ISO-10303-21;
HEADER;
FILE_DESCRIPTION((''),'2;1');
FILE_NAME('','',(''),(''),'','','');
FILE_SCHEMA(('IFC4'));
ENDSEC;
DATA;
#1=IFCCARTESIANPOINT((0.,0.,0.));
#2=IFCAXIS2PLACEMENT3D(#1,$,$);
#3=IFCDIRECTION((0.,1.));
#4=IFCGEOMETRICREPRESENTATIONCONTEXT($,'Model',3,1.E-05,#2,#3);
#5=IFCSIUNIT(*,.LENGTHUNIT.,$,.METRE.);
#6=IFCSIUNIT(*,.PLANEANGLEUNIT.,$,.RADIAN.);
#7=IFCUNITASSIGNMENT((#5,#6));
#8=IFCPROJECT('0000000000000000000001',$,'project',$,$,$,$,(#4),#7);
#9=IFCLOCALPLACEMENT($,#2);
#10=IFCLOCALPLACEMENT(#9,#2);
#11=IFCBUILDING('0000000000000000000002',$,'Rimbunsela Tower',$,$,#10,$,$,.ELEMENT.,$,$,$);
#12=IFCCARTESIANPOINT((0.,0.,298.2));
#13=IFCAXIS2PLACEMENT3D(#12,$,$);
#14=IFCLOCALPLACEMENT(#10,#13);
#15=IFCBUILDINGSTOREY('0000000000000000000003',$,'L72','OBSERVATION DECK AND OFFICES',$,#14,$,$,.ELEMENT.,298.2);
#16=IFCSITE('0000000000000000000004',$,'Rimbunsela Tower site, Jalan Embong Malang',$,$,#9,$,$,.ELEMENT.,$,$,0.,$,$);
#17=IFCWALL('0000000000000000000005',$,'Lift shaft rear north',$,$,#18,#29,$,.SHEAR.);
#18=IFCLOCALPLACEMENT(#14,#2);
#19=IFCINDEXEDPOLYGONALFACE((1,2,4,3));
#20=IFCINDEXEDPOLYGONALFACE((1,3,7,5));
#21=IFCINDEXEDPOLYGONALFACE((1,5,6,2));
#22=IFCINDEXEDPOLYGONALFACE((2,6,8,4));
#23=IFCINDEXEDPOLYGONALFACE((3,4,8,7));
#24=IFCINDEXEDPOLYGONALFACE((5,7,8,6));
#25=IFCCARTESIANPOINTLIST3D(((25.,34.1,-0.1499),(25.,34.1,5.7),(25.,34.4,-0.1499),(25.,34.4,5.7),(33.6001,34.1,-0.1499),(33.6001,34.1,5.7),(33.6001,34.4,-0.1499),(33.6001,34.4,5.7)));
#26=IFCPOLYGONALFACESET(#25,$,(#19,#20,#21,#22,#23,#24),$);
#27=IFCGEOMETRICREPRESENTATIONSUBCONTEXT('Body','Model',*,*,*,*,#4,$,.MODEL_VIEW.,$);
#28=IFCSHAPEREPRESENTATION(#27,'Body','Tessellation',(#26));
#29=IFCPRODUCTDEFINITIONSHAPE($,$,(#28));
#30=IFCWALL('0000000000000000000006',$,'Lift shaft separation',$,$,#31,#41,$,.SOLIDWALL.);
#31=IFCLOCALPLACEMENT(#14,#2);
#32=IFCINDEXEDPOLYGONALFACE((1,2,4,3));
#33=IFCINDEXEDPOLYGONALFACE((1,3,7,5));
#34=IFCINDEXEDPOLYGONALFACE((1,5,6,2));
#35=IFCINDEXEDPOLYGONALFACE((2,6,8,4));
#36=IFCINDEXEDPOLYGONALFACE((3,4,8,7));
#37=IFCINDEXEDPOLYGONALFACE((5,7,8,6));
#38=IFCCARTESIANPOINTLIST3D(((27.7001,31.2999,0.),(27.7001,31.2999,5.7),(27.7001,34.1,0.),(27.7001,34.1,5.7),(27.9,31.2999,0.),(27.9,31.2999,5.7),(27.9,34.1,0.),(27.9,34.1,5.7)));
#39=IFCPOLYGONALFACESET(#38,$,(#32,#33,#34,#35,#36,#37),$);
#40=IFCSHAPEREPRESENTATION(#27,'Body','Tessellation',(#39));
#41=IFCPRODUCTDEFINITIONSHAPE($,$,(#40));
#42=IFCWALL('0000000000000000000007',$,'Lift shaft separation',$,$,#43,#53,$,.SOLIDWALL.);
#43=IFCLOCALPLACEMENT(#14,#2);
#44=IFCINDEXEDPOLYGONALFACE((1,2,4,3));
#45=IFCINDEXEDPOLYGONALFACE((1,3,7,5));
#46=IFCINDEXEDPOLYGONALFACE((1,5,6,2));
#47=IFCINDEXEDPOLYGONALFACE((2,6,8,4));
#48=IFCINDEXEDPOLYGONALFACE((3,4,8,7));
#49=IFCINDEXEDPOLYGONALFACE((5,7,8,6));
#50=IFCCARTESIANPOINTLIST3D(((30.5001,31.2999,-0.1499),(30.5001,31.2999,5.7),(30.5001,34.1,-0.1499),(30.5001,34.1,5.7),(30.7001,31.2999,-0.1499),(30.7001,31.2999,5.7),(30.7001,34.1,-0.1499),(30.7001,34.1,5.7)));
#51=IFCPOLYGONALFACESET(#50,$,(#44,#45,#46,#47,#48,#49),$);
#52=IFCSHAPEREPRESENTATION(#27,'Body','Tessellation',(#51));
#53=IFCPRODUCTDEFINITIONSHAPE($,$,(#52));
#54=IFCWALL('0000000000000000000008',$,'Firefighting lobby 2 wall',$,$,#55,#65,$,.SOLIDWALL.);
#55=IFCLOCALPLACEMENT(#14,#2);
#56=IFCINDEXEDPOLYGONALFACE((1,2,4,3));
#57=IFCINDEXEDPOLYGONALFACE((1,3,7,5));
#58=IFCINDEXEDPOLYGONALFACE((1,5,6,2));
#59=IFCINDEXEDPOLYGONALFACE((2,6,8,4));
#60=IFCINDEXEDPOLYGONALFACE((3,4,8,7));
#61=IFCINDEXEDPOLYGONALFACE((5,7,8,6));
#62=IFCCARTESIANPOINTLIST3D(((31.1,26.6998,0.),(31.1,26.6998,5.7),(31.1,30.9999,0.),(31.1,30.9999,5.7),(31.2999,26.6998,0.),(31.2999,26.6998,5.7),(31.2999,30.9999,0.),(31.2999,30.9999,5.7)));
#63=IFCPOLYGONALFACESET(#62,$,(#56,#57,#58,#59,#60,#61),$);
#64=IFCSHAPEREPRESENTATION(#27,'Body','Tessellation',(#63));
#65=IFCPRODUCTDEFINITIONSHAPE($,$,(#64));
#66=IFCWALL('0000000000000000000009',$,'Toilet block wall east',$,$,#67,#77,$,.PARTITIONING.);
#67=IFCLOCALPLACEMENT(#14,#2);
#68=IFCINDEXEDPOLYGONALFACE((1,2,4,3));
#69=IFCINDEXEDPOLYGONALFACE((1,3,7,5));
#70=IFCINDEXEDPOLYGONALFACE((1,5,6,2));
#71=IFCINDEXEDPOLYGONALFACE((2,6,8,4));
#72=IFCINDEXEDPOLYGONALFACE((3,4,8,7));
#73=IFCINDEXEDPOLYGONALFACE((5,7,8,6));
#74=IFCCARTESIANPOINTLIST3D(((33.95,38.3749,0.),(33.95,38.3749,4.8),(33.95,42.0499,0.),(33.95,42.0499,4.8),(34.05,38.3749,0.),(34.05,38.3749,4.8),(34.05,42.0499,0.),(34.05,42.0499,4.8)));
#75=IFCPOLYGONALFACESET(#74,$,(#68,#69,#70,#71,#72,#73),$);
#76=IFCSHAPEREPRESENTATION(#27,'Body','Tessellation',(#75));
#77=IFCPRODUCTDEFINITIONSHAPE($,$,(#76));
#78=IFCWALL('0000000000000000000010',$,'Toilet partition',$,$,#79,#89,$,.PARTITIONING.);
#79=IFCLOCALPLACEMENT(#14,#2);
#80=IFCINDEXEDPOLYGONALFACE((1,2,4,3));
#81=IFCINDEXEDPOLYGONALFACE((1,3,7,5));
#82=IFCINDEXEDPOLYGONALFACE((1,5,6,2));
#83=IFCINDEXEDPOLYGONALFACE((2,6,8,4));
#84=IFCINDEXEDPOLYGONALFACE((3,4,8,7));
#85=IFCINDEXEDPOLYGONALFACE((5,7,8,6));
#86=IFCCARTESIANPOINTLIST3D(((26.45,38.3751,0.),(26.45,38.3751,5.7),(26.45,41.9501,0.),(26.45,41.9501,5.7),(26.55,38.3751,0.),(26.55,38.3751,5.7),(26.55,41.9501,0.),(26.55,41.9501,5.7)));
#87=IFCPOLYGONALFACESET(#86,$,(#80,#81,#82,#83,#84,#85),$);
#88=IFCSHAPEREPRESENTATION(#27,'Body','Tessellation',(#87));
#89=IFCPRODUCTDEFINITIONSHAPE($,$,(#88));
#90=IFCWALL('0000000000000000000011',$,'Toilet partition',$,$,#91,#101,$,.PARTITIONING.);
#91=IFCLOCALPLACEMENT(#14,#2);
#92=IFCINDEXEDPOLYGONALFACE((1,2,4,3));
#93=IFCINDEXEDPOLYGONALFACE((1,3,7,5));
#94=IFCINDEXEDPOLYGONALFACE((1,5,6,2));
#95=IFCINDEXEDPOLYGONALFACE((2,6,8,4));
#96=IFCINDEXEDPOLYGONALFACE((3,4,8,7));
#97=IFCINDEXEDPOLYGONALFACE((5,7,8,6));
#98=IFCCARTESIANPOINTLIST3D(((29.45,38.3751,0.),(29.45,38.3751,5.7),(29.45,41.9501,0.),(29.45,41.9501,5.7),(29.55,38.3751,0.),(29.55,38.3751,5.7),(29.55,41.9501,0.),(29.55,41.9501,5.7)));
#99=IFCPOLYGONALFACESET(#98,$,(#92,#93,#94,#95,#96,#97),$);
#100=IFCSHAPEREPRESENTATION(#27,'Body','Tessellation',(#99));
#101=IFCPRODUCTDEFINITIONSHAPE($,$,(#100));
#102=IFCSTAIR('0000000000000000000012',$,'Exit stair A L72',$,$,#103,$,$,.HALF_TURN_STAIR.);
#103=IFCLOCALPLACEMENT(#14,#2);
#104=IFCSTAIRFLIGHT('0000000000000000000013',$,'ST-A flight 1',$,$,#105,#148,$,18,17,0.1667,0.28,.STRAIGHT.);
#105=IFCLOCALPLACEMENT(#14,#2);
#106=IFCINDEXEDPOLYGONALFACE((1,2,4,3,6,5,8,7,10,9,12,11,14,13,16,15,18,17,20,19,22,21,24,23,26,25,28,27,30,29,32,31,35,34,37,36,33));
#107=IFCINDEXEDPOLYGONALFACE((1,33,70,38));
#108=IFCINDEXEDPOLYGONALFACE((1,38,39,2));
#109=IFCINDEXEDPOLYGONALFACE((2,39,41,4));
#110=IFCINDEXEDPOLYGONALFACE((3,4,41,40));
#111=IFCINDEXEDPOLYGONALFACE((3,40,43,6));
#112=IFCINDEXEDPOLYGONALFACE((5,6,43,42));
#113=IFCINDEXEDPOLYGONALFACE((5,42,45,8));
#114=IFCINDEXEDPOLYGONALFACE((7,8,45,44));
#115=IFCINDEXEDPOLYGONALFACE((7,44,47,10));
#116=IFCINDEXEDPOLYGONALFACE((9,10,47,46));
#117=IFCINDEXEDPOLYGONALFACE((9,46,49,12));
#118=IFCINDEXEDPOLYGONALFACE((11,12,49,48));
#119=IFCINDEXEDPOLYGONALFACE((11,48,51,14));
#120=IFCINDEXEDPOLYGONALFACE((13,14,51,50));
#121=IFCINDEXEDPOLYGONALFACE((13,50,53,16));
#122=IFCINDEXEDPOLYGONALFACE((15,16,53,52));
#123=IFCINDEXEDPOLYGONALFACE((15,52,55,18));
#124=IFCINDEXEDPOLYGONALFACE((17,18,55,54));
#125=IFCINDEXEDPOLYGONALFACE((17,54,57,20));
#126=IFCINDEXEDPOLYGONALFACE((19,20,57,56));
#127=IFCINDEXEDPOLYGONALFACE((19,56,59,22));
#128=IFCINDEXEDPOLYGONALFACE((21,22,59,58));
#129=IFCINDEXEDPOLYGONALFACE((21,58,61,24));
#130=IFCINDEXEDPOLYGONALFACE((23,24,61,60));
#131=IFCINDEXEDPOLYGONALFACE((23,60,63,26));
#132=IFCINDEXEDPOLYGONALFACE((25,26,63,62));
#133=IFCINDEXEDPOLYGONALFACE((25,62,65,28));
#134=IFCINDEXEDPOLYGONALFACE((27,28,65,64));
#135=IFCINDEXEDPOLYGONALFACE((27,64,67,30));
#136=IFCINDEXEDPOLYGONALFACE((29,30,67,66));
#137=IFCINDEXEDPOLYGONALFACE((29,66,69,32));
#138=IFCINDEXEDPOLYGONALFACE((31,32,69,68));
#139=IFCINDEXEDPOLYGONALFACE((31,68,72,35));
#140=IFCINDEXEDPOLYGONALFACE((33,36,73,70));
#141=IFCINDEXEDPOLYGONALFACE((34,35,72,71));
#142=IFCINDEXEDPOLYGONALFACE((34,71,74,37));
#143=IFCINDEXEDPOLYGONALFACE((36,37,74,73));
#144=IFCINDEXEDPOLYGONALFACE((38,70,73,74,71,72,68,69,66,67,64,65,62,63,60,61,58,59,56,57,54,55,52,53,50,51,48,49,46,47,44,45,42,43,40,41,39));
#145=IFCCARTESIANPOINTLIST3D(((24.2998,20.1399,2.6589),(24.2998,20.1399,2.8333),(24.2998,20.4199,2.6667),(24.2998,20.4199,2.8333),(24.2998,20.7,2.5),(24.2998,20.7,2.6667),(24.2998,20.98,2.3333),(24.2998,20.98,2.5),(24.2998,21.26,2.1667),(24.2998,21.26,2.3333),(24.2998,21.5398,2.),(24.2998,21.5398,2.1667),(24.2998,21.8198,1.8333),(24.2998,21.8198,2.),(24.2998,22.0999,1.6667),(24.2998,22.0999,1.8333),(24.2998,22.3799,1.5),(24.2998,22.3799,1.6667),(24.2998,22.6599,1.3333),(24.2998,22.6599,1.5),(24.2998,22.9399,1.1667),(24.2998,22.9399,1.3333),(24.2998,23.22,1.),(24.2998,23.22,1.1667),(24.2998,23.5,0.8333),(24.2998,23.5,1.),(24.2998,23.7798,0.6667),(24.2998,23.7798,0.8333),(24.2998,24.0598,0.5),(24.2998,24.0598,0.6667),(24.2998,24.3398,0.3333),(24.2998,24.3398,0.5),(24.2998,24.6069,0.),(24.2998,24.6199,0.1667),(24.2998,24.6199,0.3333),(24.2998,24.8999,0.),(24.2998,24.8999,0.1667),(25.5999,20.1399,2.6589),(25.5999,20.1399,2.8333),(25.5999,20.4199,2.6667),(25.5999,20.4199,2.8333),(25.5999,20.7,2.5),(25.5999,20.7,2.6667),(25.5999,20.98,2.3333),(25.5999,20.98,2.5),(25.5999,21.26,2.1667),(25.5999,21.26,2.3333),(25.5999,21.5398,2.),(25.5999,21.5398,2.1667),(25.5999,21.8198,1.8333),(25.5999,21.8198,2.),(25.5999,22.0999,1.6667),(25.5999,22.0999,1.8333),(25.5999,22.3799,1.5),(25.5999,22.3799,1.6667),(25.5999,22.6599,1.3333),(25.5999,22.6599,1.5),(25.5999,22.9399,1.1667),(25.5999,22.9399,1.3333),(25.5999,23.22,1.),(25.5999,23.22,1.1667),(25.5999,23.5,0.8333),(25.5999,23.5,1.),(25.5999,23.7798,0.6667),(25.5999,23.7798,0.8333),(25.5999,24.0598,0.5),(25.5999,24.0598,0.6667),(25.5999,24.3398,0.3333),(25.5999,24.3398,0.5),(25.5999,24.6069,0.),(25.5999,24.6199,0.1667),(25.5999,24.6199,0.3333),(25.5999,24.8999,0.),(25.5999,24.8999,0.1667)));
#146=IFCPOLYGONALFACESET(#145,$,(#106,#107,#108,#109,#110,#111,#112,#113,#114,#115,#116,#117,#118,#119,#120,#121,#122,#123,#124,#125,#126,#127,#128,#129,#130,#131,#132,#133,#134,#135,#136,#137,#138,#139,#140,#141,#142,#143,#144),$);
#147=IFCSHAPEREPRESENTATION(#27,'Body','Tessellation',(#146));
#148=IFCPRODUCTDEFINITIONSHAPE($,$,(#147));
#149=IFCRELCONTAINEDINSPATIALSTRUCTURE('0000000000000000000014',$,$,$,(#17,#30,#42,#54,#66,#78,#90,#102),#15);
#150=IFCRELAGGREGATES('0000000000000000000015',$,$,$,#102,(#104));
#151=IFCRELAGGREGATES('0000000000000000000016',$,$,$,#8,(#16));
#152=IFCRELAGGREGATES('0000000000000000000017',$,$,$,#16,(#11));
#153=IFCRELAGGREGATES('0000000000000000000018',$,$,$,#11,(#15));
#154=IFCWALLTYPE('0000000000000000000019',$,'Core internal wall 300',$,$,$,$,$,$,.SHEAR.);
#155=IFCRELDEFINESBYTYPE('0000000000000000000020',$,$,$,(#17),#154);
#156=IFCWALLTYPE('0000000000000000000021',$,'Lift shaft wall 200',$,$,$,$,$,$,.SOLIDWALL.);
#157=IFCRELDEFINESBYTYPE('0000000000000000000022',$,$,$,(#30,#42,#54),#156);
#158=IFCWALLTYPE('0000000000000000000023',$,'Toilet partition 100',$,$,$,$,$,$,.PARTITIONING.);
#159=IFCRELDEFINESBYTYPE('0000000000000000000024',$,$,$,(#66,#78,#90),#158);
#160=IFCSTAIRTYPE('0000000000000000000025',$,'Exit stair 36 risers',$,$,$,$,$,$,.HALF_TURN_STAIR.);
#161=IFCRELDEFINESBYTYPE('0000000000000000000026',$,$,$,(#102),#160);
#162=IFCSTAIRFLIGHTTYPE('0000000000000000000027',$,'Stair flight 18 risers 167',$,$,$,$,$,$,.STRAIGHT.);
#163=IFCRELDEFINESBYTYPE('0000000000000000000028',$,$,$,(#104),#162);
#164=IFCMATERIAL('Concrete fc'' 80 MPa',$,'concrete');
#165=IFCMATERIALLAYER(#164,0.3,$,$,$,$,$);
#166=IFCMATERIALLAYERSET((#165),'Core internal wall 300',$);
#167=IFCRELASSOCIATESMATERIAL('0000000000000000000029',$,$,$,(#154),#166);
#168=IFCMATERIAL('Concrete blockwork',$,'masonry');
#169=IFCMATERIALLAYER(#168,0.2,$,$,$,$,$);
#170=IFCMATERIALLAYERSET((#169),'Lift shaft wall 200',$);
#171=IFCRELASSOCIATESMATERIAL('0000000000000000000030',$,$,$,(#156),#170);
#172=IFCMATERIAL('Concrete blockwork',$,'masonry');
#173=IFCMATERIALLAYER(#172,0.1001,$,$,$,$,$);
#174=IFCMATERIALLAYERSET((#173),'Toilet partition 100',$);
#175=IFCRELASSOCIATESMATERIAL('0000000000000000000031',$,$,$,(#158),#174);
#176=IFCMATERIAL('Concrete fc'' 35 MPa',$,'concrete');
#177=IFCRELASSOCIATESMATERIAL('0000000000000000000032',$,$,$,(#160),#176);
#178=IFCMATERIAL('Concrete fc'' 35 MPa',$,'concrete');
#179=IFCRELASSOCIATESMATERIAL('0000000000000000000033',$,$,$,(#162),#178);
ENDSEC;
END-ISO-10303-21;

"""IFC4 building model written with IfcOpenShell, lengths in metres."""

from ifc_helpers import new_model, si_unit, direction, frame, frame_2d, origin, place, context, subcontext, project, spatial, polyline, rectangle, outline, extrude, material, layer, layer_set, type_object, element, aggregate, save


model = new_model("IFC4")

# Units and contexts
model_context = context("Model", 3, precision=1e-05, world=origin(), true_north=direction((0.0, 1.0)))
body_context = subcontext(model_context, "Body", "Model", "MODEL_VIEW")
ifc_project = project(units=[si_unit("LENGTHUNIT", "METRE"), si_unit("PLANEANGLEUNIT", "RADIAN")], contexts=[model_context])

# Site, building, storey
site_placement = place(None, origin())
site = spatial("IfcSite", under=ifc_project, at=site_placement, Name="Rimbunsela Tower site, Jalan Embong Malang", CompositionType="ELEMENT", RefElevation=0.0)
building_placement = place(site_placement, origin())
building = spatial("IfcBuilding", under=site, at=building_placement, Name="Rimbunsela Tower", CompositionType="ELEMENT")
storey_placement = place(building_placement, frame((0.0, 0.0, 298.2)))
storey = spatial("IfcBuildingStorey", under=building, at=storey_placement, Name="L72", Description="OBSERVATION DECK AND OFFICES", CompositionType="ELEMENT", Elevation=298.2)

# Walls
ifc_material_1 = material(Name="Concrete fc' 80 MPa", Category="concrete")
ifc_layer_1 = layer(ifc_material_1, 0.3)
ifc_layer_set_1 = layer_set([ifc_layer_1], Name="Core internal wall 300")
wall_type_1 = type_object("IfcWallType", Name="Core internal wall 300", PredefinedType="SHEAR", material=ifc_layer_set_1)
wall_1_placement = place(storey_placement, frame((25.0, 34.25, -0.1499), z_axis=(0.0, 0.0, 1.0), x_axis=(1.0, 0.0, 0.0)))
element("IfcWall", 1, at=wall_1_placement, inside=storey, type_object=wall_type_1, Name="Lift shaft rear north", PredefinedType="SHEAR", context=body_context, shape_type="SweptSolid", body=[
    extrude(rectangle(XDim=8.6001, YDim=0.3, at=frame_2d((4.3, 0.0))), origin(), (0.0, 0.0, 1.0), 5.8499),
])
ifc_material_2 = material(Name="Concrete blockwork", Category="masonry")
ifc_layer_2 = layer(ifc_material_2, 0.2)
ifc_layer_set_2 = layer_set([ifc_layer_2], Name="Lift shaft wall 200")
wall_type_2 = type_object("IfcWallType", Name="Lift shaft wall 200", PredefinedType="SOLIDWALL", material=ifc_layer_set_2)
wall_2_placement = place(storey_placement, frame((27.8, 31.3, 0.0), z_axis=(0.0, 0.0, 1.0), x_axis=(0.0, 1.0, 0.0)))
element("IfcWall", 2, at=wall_2_placement, inside=storey, type_object=wall_type_2, Name="Lift shaft separation", PredefinedType="SOLIDWALL", context=body_context, shape_type="SweptSolid", body=[
    extrude(rectangle(XDim=2.8, YDim=0.2, at=frame_2d((1.3999, 0.0))), origin(), (0.0, 0.0, 1.0), 5.7),
])
wall_3_placement = place(storey_placement, frame((30.6001, 31.3, -0.1499), z_axis=(0.0, 0.0, 1.0), x_axis=(0.0, 1.0, 0.0)))
element("IfcWall", 3, at=wall_3_placement, inside=storey, type_object=wall_type_2, Name="Lift shaft separation", PredefinedType="SOLIDWALL", context=body_context, shape_type="SweptSolid", body=[
    extrude(rectangle(XDim=2.8, YDim=0.2, at=frame_2d((1.3999, 0.0))), origin(), (0.0, 0.0, 1.0), 5.8499),
])
wall_4_placement = place(storey_placement, frame((31.2, 26.7, 0.0), z_axis=(0.0, 0.0, 1.0), x_axis=(0.0, 1.0, 0.0)))
element("IfcWall", 4, at=wall_4_placement, inside=storey, type_object=wall_type_2, Name="Firefighting lobby 2 wall", PredefinedType="SOLIDWALL", context=body_context, shape_type="SweptSolid", body=[
    extrude(rectangle(XDim=4.3, YDim=0.2, at=frame_2d((2.1499, 0.0))), origin(), (0.0, 0.0, 1.0), 5.7),
])
ifc_material_3 = material(Name="Concrete blockwork", Category="masonry")
ifc_layer_3 = layer(ifc_material_3, 0.1001)
ifc_layer_set_3 = layer_set([ifc_layer_3], Name="Toilet partition 100")
wall_type_3 = type_object("IfcWallType", Name="Toilet partition 100", PredefinedType="PARTITIONING", material=ifc_layer_set_3)
wall_5_placement = place(storey_placement, frame((34.0, 38.375, 0.0), z_axis=(0.0, 0.0, 1.0), x_axis=(0.0, 1.0, 0.0)))
element("IfcWall", 5, at=wall_5_placement, inside=storey, type_object=wall_type_3, Name="Toilet block wall east", PredefinedType="PARTITIONING", context=body_context, shape_type="SweptSolid", body=[
    extrude(rectangle(XDim=3.675, YDim=0.1001, at=frame_2d((1.8374, 0.0))), origin(), (0.0, 0.0, 1.0), 4.8),
])
for number, where, z_axis, x_axis, name in (
    (6, (26.5, 38.375, 0.0), (0.0, 0.0, 1.0), (0.0, 1.0, 0.0), "Toilet partition"),
    (7, (29.5, 38.375, 0.0), (0.0, 0.0, 1.0), (0.0, 1.0, 0.0), "Toilet partition"),
):
    element("IfcWall", number, at=place(storey_placement, frame(where, z_axis=z_axis, x_axis=x_axis)), inside=storey, type_object=wall_type_3, Name=name, PredefinedType="PARTITIONING", context=body_context, shape_type="SweptSolid", body=[
        extrude(rectangle(XDim=3.575, YDim=0.1001, at=frame_2d((1.7876, 0.0))), origin(), (0.0, 0.0, 1.0), 5.7),
    ])

# Stair, stair flight
ifc_material_4 = material(Name="Concrete fc' 35 MPa", Category="concrete")
stair_type = type_object("IfcStairType", Name="Exit stair 36 risers", PredefinedType="HALF_TURN_STAIR", material=ifc_material_4)
stair_1_placement = place(storey_placement, origin())
stair_1 = element("IfcStair", 8, at=stair_1_placement, inside=storey, type_object=stair_type, Name="Exit stair A L72", PredefinedType="HALF_TURN_STAIR")
ifc_material_5 = material(Name="Concrete fc' 35 MPa", Category="concrete")
stair_flight_type = type_object("IfcStairFlightType", Name="Stair flight 18 risers 167", PredefinedType="STRAIGHT", material=ifc_material_5)
stair_flight_1_placement = place(storey_placement, frame((24.95, 24.8999, 0.0), z_axis=(0.0, 0.0, 1.0), x_axis=(0.0, -1.0, 0.0)))
stair_flight_1 = element("IfcStairFlight", 9, at=stair_flight_1_placement, type_object=stair_flight_type, Name="ST-A flight 1", NumberOfRisers=18, NumberOfTreads=17, PredefinedType="STRAIGHT", RiserHeight=0.1667, TreadLength=0.28, context=body_context, shape_type="SweptSolid", body=[
    extrude(outline(polyline([(0.0, 0.0), (0.0, 0.1667), (0.28, 0.1667), (0.28, 0.3333), (0.5601, 0.3333), (0.5601, 0.5), (0.8401, 0.5), (0.8401, 0.6667), (1.1201, 0.6667), (1.1201, 0.8333), (1.3999, 0.8333), (1.3999, 1.0), (1.6799, 1.0), (1.6799, 1.1667), (1.96, 1.1667), (1.96, 1.3333), (2.24, 1.3333), (2.24, 1.5), (2.52, 1.5), (2.52, 1.6667), (2.8, 1.6667), (2.8, 1.8333), (3.0801, 1.8333), (3.0801, 2.0), (3.3601, 2.0), (3.3601, 2.1667), (3.6399, 2.1667), (3.6399, 2.3333), (3.9199, 2.3333), (3.9199, 2.5), (4.2, 2.5), (4.2, 2.6667), (4.48, 2.6667), (4.48, 2.8333), (4.76, 2.8333), (4.76, 3.0), (4.76, 2.6589), (0.293, 0.0), (0.0, 0.0)])), frame((0.0, 0.6499, 0.0), z_axis=(0.0, -1.0, 0.0), x_axis=(1.0, 0.0, 0.0)), (0.0, 0.0, 1.0), 1.3),
])
aggregate(stair_1, [stair_flight_1])

save(model, "model.ifc")
